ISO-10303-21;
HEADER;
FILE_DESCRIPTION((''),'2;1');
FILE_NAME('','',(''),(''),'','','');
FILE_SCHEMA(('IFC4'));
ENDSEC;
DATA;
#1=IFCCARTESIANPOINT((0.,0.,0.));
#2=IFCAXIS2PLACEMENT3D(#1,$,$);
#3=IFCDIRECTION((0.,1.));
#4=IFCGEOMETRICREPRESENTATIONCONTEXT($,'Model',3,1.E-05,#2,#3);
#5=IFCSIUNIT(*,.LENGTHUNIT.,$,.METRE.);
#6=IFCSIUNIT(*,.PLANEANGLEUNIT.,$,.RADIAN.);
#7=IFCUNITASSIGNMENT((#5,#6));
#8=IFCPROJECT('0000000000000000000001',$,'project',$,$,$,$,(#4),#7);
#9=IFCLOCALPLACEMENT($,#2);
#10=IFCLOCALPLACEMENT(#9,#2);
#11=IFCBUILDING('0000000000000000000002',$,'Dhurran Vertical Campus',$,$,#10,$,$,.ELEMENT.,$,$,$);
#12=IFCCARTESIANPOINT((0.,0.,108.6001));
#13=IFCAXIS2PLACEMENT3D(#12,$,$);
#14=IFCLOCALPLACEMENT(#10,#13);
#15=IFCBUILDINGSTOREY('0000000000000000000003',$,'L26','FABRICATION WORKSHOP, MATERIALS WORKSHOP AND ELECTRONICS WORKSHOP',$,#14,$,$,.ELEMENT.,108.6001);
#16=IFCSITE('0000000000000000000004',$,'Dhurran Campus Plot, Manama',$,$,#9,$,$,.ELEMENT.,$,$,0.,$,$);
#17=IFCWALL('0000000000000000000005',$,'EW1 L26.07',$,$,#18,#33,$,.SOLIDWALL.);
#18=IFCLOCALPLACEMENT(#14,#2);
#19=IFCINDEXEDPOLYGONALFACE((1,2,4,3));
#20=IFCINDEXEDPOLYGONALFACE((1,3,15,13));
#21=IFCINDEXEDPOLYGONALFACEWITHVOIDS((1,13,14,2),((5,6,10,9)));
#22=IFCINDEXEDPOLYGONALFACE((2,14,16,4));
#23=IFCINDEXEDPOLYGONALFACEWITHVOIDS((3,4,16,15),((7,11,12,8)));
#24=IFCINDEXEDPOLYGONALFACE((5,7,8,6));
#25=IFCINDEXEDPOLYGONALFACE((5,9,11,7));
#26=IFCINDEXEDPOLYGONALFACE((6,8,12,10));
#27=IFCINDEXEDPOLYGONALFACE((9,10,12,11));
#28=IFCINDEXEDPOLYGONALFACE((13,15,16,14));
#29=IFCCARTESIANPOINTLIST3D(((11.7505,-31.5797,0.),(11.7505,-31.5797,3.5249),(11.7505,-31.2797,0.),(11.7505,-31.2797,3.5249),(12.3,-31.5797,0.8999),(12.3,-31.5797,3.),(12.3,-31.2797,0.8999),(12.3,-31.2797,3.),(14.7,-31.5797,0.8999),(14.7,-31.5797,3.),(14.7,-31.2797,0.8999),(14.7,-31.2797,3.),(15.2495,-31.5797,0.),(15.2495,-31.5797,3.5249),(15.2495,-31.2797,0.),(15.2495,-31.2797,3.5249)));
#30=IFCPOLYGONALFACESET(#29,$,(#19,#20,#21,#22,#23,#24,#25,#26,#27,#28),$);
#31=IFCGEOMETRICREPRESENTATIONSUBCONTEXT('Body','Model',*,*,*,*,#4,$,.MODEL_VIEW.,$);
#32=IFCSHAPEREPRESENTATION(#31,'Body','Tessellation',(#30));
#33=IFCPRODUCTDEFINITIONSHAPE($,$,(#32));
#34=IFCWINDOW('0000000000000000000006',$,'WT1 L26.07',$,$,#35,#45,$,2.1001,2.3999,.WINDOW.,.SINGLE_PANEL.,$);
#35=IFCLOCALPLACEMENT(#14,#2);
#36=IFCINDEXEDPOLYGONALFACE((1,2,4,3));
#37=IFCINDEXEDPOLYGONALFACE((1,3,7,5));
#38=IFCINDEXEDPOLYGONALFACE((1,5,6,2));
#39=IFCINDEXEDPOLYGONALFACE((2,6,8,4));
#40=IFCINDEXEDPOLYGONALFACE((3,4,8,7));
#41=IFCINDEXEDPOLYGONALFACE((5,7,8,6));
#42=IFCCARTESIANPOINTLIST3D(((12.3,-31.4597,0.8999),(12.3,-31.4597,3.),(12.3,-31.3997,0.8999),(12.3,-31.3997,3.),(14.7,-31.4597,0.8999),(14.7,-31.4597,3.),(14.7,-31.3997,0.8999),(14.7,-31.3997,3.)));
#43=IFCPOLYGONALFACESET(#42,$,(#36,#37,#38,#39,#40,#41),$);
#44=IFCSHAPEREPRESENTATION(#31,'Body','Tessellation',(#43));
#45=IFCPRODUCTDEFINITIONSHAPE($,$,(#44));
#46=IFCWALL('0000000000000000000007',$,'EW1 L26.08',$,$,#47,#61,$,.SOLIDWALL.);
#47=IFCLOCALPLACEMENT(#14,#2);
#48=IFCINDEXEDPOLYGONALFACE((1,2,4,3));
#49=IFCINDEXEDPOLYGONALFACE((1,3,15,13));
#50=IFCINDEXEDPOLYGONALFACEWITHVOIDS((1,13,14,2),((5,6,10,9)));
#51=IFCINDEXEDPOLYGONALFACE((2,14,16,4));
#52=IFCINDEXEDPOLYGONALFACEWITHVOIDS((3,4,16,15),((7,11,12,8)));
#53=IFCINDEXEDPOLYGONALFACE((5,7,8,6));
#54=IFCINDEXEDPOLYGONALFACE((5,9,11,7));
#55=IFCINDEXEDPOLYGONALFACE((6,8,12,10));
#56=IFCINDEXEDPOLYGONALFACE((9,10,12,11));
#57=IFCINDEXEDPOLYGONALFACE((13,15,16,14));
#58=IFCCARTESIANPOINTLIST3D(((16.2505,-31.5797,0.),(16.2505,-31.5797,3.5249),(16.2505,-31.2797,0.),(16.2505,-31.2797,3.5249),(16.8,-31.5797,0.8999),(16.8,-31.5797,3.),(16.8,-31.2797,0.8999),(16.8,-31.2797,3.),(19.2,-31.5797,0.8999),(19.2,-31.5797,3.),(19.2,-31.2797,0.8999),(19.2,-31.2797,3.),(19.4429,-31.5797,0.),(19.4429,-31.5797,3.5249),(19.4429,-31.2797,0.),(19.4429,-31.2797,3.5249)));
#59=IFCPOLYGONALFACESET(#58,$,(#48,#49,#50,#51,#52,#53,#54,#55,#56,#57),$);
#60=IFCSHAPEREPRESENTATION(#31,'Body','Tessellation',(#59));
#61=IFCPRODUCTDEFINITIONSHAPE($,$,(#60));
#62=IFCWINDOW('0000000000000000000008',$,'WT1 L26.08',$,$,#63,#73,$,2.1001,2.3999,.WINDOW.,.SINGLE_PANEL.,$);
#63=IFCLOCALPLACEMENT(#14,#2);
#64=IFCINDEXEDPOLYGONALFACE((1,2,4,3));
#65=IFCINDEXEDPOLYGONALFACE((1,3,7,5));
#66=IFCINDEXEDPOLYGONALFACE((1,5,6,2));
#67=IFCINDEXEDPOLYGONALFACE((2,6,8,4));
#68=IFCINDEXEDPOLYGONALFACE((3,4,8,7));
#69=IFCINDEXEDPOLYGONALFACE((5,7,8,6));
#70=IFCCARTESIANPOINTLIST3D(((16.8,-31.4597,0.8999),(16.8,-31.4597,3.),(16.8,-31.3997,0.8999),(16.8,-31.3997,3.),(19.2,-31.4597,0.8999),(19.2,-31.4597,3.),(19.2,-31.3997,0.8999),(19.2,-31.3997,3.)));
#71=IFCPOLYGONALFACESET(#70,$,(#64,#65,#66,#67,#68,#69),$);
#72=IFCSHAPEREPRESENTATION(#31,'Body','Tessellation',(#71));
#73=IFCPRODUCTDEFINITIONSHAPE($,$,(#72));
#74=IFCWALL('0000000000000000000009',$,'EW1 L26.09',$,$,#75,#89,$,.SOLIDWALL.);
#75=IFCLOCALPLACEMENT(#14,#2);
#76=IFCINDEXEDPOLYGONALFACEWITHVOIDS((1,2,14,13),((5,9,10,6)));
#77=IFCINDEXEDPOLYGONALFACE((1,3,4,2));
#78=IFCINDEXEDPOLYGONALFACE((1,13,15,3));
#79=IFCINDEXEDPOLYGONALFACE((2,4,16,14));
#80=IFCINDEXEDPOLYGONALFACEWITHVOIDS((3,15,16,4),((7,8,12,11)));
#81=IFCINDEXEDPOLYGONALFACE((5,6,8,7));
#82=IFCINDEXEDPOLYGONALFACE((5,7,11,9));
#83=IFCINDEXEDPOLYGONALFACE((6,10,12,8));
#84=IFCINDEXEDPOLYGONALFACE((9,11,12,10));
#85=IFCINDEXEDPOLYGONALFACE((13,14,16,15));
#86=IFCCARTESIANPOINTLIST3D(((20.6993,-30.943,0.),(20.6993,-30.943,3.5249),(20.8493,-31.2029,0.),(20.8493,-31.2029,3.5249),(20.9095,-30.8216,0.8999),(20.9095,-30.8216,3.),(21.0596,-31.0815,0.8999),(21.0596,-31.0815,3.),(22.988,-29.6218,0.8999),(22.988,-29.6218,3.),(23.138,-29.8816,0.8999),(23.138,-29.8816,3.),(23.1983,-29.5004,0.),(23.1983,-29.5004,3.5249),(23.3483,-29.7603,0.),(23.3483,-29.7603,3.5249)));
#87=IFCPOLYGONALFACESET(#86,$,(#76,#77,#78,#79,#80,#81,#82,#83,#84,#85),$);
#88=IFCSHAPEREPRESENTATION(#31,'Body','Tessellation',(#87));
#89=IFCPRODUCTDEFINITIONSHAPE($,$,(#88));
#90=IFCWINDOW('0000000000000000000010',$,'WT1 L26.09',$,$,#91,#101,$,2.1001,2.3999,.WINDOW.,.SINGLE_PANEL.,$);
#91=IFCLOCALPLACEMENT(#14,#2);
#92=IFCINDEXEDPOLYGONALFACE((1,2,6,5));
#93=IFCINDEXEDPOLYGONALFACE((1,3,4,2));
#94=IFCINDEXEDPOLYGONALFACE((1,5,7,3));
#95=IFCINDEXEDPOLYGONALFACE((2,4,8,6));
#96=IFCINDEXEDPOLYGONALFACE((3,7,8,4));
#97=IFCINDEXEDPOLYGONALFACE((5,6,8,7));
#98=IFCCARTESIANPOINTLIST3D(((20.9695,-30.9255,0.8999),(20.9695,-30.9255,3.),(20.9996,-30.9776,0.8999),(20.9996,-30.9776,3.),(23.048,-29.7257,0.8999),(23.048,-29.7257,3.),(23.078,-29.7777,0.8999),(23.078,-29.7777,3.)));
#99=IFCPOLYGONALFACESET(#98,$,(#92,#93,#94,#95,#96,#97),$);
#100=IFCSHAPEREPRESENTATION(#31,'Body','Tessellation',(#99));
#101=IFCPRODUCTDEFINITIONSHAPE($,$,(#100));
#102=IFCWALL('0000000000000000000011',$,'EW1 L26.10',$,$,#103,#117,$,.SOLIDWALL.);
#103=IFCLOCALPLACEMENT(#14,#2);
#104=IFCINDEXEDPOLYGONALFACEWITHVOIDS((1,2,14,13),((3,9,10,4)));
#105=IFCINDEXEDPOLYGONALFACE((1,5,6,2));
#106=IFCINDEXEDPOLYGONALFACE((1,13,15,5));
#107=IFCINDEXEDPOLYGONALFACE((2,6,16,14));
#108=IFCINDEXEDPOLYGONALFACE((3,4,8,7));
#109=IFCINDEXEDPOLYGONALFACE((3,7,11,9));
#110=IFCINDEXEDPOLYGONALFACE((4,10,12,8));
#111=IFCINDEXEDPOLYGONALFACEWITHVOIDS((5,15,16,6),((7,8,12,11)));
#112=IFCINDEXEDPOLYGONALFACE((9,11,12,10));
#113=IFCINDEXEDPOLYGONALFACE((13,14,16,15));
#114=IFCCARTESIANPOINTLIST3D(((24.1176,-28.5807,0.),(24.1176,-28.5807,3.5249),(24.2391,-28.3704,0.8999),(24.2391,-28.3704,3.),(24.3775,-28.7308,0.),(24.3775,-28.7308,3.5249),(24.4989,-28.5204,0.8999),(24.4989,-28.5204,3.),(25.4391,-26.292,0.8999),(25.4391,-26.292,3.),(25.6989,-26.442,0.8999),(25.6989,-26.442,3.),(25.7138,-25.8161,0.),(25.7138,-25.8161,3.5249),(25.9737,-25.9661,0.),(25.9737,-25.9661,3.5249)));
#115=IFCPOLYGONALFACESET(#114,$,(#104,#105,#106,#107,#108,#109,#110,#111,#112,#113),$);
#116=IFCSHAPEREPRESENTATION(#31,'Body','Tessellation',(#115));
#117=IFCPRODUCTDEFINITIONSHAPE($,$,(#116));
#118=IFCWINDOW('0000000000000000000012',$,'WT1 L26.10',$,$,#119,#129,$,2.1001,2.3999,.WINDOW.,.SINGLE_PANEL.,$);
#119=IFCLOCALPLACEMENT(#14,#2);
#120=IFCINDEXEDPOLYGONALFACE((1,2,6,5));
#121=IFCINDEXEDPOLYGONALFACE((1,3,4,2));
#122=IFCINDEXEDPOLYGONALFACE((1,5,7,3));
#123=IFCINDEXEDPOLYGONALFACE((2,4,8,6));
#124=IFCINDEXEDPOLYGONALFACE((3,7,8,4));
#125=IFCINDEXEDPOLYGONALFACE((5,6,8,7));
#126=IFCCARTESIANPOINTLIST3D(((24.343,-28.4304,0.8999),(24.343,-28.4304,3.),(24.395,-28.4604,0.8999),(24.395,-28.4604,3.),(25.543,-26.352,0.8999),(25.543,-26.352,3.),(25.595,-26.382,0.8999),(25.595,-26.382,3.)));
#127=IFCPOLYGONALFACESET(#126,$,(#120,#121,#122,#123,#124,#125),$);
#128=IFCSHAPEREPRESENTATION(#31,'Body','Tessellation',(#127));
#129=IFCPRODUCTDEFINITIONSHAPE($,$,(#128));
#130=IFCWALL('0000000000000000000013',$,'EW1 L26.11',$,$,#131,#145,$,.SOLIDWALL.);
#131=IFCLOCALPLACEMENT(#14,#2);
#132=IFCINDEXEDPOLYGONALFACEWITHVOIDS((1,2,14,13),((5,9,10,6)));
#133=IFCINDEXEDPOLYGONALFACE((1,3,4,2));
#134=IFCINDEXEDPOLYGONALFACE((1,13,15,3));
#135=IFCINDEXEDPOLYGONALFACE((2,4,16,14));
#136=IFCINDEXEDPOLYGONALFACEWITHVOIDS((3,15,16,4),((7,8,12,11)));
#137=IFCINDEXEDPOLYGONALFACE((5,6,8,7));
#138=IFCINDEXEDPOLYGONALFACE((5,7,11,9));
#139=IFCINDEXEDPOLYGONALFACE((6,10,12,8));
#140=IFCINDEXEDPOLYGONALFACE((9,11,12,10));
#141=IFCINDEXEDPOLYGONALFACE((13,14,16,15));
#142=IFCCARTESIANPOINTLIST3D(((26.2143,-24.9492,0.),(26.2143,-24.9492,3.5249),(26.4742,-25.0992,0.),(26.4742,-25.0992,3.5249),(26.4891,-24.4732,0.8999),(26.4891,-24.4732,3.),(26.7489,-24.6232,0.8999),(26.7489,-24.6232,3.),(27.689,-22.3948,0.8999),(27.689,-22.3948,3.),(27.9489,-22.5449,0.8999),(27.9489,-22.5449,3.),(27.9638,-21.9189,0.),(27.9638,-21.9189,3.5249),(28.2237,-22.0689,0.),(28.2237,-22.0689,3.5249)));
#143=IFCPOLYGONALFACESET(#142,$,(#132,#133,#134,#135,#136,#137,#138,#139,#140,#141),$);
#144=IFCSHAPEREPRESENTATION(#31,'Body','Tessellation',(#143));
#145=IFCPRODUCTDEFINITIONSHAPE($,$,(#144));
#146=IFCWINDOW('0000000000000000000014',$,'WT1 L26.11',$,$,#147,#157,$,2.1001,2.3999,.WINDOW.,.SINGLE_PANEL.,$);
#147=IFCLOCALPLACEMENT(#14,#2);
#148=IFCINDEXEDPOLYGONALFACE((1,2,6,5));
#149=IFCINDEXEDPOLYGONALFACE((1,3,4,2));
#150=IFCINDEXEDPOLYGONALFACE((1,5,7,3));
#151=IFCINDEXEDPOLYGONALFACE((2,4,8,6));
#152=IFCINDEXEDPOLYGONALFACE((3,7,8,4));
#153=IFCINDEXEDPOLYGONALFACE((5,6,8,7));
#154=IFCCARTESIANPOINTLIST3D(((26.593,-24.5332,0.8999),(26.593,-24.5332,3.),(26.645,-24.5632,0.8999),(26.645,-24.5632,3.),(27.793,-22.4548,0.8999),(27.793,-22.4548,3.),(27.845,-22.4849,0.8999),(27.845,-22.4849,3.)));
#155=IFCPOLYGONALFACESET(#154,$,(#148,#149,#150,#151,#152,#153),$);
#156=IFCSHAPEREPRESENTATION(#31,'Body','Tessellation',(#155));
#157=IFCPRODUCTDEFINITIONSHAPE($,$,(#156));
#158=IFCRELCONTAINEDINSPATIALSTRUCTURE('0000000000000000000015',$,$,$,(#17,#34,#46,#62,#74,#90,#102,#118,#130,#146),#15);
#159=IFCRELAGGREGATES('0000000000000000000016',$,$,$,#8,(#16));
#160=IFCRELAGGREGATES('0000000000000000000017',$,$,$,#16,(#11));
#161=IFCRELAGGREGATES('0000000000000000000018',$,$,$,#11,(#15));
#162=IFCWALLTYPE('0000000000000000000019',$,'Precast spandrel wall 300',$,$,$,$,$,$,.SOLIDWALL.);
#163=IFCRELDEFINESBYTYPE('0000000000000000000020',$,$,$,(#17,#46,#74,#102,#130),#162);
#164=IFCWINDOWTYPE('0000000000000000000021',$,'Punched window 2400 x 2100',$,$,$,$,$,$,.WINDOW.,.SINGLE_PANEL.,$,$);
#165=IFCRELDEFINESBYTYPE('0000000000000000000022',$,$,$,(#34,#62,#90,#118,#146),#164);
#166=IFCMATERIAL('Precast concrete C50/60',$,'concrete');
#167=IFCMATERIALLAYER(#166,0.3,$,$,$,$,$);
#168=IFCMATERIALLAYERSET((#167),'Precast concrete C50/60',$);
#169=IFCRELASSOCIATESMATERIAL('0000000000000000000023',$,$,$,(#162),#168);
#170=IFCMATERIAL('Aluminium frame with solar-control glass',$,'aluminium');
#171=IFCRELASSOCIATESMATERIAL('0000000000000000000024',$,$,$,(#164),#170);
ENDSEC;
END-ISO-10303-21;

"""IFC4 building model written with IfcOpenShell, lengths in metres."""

from ifc_helpers import new_model, si_unit, direction, frame, frame_2d, origin, place, context, subcontext, project, spatial, rectangle, extrude, material, layer, layer_set, type_object, element, fill, save


model = new_model("IFC4")

# Units and contexts
model_context = context("Model", 3, precision=1e-05, world=origin(), true_north=direction((0.0, 1.0)))
body_context = subcontext(model_context, "Body", "Model", "MODEL_VIEW")
ifc_project = project(units=[si_unit("LENGTHUNIT", "METRE"), si_unit("PLANEANGLEUNIT", "RADIAN")], contexts=[model_context])

# Site, building, storey
site_placement = place(None, origin())
site = spatial("IfcSite", under=ifc_project, at=site_placement, Name="Dhurran Campus Plot, Manama", CompositionType="ELEMENT", RefElevation=0.0)
building_placement = place(site_placement, origin())
building = spatial("IfcBuilding", under=site, at=building_placement, Name="Dhurran Vertical Campus", CompositionType="ELEMENT")
storey_placement = place(building_placement, frame((0.0, 0.0, 108.6001)))
storey = spatial("IfcBuildingStorey", under=building, at=storey_placement, Name="L26", Description="FABRICATION WORKSHOP, MATERIALS WORKSHOP AND ELECTRONICS WORKSHOP", CompositionType="ELEMENT", Elevation=108.6001)

# Walls, openings, windows
ifc_material_1 = material(Name="Precast concrete C50/60", Category="concrete")
ifc_layer_1 = layer(ifc_material_1, 0.3)
ifc_layer_set_1 = layer_set([ifc_layer_1], Name="Precast concrete C50/60")
wall_type_1 = type_object("IfcWallType", Name="Precast spandrel wall 300", PredefinedType="SOLIDWALL", material=ifc_layer_set_1)
wall_1_placement = place(storey_placement, frame((11.7505, -31.4297, 0.0), z_axis=(0.0, 0.0, 1.0), x_axis=(1.0, 0.0, 0.0)))
wall_1 = element("IfcWall", 1, at=wall_1_placement, inside=storey, type_object=wall_type_1, Name="EW1 L26.07", PredefinedType="SOLIDWALL", context=body_context, shape_type="SweptSolid", body=[
    extrude(rectangle(XDim=3.499, YDim=0.3, at=frame_2d((1.7495, 0.0))), origin(), (0.0, 0.0, 1.0), 3.5249),
])
opening_1_placement = place(wall_1_placement, frame((0.5496, 0.0, 0.8999)))
opening_1 = element("IfcOpeningElement", 2, at=opening_1_placement, cuts=wall_1, PredefinedType="OPENING", context=body_context, shape_type="SweptSolid", body=[
    extrude(rectangle(XDim=2.3999, YDim=2.1001, at=frame_2d((1.2, 1.05))), frame((0.0, 0.1599, 0.0), z_axis=(0.0, -1.0, 0.0), x_axis=(1.0, 0.0, 0.0)), (0.0, 0.0, 1.0), 0.3201),
])
ifc_material_2 = material(Name="Aluminium frame with solar-control glass", Category="aluminium")
window_type = type_object("IfcWindowType", Name="Punched window 2400 x 2100", PartitioningType="SINGLE_PANEL", PredefinedType="WINDOW", material=ifc_material_2)
window_1_placement = place(opening_1_placement, origin())
window_1 = element("IfcWindow", 3, at=window_1_placement, inside=storey, type_object=window_type, Name="WT1 L26.07", OverallHeight=2.1001, OverallWidth=2.3999, PartitioningType="SINGLE_PANEL", PredefinedType="WINDOW", context=body_context, shape_type="SweptSolid", body=[
    extrude(rectangle(XDim=2.3999, YDim=2.1001, at=frame_2d((1.2, 1.05))), frame((0.0, 0.03, 0.0), z_axis=(0.0, -1.0, 0.0), x_axis=(1.0, 0.0, 0.0)), (0.0, 0.0, 1.0), 0.0601),
])
fill(opening_1, window_1)
wall_2_placement = place(storey_placement, frame((16.2505, -31.4297, 0.0), z_axis=(0.0, 0.0, 1.0), x_axis=(1.0, 0.0, 0.0)))
wall_2 = element("IfcWall", 4, at=wall_2_placement, inside=storey, type_object=wall_type_1, Name="EW1 L26.08", PredefinedType="SOLIDWALL", context=body_context, shape_type="SweptSolid", body=[
    extrude(rectangle(XDim=3.1924, YDim=0.3, at=frame_2d((1.5962, 0.0))), origin(), (0.0, 0.0, 1.0), 3.5249),
])
opening_2_placement = place(wall_2_placement, frame((0.5496, 0.0, 0.8999)))
opening_2 = element("IfcOpeningElement", 5, at=opening_2_placement, cuts=wall_2, PredefinedType="OPENING", context=body_context, shape_type="SweptSolid", body=[
    extrude(rectangle(XDim=2.3999, YDim=2.1001, at=frame_2d((1.2, 1.05))), frame((0.0, 0.1599, 0.0), z_axis=(0.0, -1.0, 0.0), x_axis=(1.0, 0.0, 0.0)), (0.0, 0.0, 1.0), 0.3201),
])
window_2_placement = place(opening_2_placement, origin())
window_2 = element("IfcWindow", 6, at=window_2_placement, inside=storey, type_object=window_type, Name="WT1 L26.08", OverallHeight=2.1001, OverallWidth=2.3999, PartitioningType="SINGLE_PANEL", PredefinedType="WINDOW", context=body_context, shape_type="SweptSolid", body=[
    extrude(rectangle(XDim=2.3999, YDim=2.1001, at=frame_2d((1.2, 1.05))), frame((0.0, 0.03, 0.0), z_axis=(0.0, -1.0, 0.0), x_axis=(1.0, 0.0, 0.0)), (0.0, 0.0, 1.0), 0.0601),
])
fill(opening_2, window_2)
wall_3_placement = place(storey_placement, frame((20.7742, -31.073, 0.0), z_axis=(0.0, 0.0, 1.0), x_axis=(0.866053, 0.499952, 0.0)))
wall_3 = element("IfcWall", 7, at=wall_3_placement, inside=storey, type_object=wall_type_1, Name="EW1 L26.09", PredefinedType="SOLIDWALL", context=body_context, shape_type="SweptSolid", body=[
    extrude(rectangle(XDim=2.8855, YDim=0.3, at=frame_2d((1.4429, 0.0))), origin(), (0.0, 0.0, 1.0), 3.5249),
])
opening_3_placement = place(wall_3_placement, frame((0.2429, 0.0, 0.8999)))
opening_3 = element("IfcOpeningElement", 8, at=opening_3_placement, cuts=wall_3, PredefinedType="OPENING", context=body_context, shape_type="SweptSolid", body=[
    extrude(rectangle(XDim=2.3999, YDim=2.1001, at=frame_2d((1.2, 1.05))), frame((0.0, 0.1599, 0.0), z_axis=(0.0, -1.0, 0.0), x_axis=(1.0, 0.0, 0.0)), (0.0, 0.0, 1.0), 0.3201),
])
window_3_placement = place(opening_3_placement, origin())
window_3 = element("IfcWindow", 9, at=window_3_placement, inside=storey, type_object=window_type, Name="WT1 L26.09", OverallHeight=2.1001, OverallWidth=2.3999, PartitioningType="SINGLE_PANEL", PredefinedType="WINDOW", context=body_context, shape_type="SweptSolid", body=[
    extrude(rectangle(XDim=2.3999, YDim=2.1001, at=frame_2d((1.2, 1.05))), frame((0.0, 0.03, 0.0), z_axis=(0.0, -1.0, 0.0), x_axis=(1.0, 0.0, 0.0)), (0.0, 0.0, 1.0), 0.0601),
])
fill(opening_3, window_3)
wall_4_placement = place(storey_placement, frame((24.2476, -28.6558, 0.0), z_axis=(0.0, 0.0, 1.0), x_axis=(0.500005, 0.866023, 0.0)))
wall_4 = element("IfcWall", 10, at=wall_4_placement, inside=storey, type_object=wall_type_1, Name="EW1 L26.10", PredefinedType="SOLIDWALL", context=body_context, shape_type="SweptSolid", body=[
    extrude(rectangle(XDim=3.1924, YDim=0.3, at=frame_2d((1.5962, 0.0))), origin(), (0.0, 0.0, 1.0), 3.5249),
])
opening_4_placement = place(wall_4_placement, frame((0.2429, 0.0, 0.8999)))
opening_4 = element("IfcOpeningElement", 11, at=opening_4_placement, cuts=wall_4, PredefinedType="OPENING", context=body_context, shape_type="SweptSolid", body=[
    extrude(rectangle(XDim=2.3999, YDim=2.1001, at=frame_2d((1.2, 1.05))), frame((0.0, 0.1599, 0.0), z_axis=(0.0, -1.0, 0.0), x_axis=(1.0, 0.0, 0.0)), (0.0, 0.0, 1.0), 0.3201),
])
window_4_placement = place(opening_4_placement, origin())
window_4 = element("IfcWindow", 12, at=window_4_placement, inside=storey, type_object=window_type, Name="WT1 L26.10", OverallHeight=2.1001, OverallWidth=2.3999, PartitioningType="SINGLE_PANEL", PredefinedType="WINDOW", context=body_context, shape_type="SweptSolid", body=[
    extrude(rectangle(XDim=2.3999, YDim=2.1001, at=frame_2d((1.2, 1.05))), frame((0.0, 0.03, 0.0), z_axis=(0.0, -1.0, 0.0), x_axis=(1.0, 0.0, 0.0)), (0.0, 0.0, 1.0), 0.0601),
])
fill(opening_4, window_4)
wall_5_placement = place(storey_placement, frame((26.3442, -25.0242, 0.0), z_axis=(0.0, 0.0, 1.0), x_axis=(0.499996, 0.866028, 0.0)))
wall_5 = element("IfcWall", 13, at=wall_5_placement, inside=storey, type_object=wall_type_1, Name="EW1 L26.11", PredefinedType="SOLIDWALL", context=body_context, shape_type="SweptSolid", body=[
    extrude(rectangle(XDim=3.499, YDim=0.3, at=frame_2d((1.7495, 0.0))), origin(), (0.0, 0.0, 1.0), 3.5249),
])
opening_5_placement = place(wall_5_placement, frame((0.5496, 0.0, 0.8999)))
opening_5 = element("IfcOpeningElement", 14, at=opening_5_placement, cuts=wall_5, PredefinedType="OPENING", context=body_context, shape_type="SweptSolid", body=[
    extrude(rectangle(XDim=2.3999, YDim=2.1001, at=frame_2d((1.2, 1.05))), frame((0.0, 0.1599, 0.0), z_axis=(0.0, -1.0, 0.0), x_axis=(1.0, 0.0, 0.0)), (0.0, 0.0, 1.0), 0.3201),
])
window_5_placement = place(opening_5_placement, origin())
window_5 = element("IfcWindow", 15, at=window_5_placement, inside=storey, type_object=window_type, Name="WT1 L26.11", OverallHeight=2.1001, OverallWidth=2.3999, PartitioningType="SINGLE_PANEL", PredefinedType="WINDOW", context=body_context, shape_type="SweptSolid", body=[
    extrude(rectangle(XDim=2.3999, YDim=2.1001, at=frame_2d((1.2, 1.05))), frame((0.0, 0.03, 0.0), z_axis=(0.0, -1.0, 0.0), x_axis=(1.0, 0.0, 0.0)), (0.0, 0.0, 1.0), 0.0601),
])
fill(opening_5, window_5)

save(model, "model.ifc")
